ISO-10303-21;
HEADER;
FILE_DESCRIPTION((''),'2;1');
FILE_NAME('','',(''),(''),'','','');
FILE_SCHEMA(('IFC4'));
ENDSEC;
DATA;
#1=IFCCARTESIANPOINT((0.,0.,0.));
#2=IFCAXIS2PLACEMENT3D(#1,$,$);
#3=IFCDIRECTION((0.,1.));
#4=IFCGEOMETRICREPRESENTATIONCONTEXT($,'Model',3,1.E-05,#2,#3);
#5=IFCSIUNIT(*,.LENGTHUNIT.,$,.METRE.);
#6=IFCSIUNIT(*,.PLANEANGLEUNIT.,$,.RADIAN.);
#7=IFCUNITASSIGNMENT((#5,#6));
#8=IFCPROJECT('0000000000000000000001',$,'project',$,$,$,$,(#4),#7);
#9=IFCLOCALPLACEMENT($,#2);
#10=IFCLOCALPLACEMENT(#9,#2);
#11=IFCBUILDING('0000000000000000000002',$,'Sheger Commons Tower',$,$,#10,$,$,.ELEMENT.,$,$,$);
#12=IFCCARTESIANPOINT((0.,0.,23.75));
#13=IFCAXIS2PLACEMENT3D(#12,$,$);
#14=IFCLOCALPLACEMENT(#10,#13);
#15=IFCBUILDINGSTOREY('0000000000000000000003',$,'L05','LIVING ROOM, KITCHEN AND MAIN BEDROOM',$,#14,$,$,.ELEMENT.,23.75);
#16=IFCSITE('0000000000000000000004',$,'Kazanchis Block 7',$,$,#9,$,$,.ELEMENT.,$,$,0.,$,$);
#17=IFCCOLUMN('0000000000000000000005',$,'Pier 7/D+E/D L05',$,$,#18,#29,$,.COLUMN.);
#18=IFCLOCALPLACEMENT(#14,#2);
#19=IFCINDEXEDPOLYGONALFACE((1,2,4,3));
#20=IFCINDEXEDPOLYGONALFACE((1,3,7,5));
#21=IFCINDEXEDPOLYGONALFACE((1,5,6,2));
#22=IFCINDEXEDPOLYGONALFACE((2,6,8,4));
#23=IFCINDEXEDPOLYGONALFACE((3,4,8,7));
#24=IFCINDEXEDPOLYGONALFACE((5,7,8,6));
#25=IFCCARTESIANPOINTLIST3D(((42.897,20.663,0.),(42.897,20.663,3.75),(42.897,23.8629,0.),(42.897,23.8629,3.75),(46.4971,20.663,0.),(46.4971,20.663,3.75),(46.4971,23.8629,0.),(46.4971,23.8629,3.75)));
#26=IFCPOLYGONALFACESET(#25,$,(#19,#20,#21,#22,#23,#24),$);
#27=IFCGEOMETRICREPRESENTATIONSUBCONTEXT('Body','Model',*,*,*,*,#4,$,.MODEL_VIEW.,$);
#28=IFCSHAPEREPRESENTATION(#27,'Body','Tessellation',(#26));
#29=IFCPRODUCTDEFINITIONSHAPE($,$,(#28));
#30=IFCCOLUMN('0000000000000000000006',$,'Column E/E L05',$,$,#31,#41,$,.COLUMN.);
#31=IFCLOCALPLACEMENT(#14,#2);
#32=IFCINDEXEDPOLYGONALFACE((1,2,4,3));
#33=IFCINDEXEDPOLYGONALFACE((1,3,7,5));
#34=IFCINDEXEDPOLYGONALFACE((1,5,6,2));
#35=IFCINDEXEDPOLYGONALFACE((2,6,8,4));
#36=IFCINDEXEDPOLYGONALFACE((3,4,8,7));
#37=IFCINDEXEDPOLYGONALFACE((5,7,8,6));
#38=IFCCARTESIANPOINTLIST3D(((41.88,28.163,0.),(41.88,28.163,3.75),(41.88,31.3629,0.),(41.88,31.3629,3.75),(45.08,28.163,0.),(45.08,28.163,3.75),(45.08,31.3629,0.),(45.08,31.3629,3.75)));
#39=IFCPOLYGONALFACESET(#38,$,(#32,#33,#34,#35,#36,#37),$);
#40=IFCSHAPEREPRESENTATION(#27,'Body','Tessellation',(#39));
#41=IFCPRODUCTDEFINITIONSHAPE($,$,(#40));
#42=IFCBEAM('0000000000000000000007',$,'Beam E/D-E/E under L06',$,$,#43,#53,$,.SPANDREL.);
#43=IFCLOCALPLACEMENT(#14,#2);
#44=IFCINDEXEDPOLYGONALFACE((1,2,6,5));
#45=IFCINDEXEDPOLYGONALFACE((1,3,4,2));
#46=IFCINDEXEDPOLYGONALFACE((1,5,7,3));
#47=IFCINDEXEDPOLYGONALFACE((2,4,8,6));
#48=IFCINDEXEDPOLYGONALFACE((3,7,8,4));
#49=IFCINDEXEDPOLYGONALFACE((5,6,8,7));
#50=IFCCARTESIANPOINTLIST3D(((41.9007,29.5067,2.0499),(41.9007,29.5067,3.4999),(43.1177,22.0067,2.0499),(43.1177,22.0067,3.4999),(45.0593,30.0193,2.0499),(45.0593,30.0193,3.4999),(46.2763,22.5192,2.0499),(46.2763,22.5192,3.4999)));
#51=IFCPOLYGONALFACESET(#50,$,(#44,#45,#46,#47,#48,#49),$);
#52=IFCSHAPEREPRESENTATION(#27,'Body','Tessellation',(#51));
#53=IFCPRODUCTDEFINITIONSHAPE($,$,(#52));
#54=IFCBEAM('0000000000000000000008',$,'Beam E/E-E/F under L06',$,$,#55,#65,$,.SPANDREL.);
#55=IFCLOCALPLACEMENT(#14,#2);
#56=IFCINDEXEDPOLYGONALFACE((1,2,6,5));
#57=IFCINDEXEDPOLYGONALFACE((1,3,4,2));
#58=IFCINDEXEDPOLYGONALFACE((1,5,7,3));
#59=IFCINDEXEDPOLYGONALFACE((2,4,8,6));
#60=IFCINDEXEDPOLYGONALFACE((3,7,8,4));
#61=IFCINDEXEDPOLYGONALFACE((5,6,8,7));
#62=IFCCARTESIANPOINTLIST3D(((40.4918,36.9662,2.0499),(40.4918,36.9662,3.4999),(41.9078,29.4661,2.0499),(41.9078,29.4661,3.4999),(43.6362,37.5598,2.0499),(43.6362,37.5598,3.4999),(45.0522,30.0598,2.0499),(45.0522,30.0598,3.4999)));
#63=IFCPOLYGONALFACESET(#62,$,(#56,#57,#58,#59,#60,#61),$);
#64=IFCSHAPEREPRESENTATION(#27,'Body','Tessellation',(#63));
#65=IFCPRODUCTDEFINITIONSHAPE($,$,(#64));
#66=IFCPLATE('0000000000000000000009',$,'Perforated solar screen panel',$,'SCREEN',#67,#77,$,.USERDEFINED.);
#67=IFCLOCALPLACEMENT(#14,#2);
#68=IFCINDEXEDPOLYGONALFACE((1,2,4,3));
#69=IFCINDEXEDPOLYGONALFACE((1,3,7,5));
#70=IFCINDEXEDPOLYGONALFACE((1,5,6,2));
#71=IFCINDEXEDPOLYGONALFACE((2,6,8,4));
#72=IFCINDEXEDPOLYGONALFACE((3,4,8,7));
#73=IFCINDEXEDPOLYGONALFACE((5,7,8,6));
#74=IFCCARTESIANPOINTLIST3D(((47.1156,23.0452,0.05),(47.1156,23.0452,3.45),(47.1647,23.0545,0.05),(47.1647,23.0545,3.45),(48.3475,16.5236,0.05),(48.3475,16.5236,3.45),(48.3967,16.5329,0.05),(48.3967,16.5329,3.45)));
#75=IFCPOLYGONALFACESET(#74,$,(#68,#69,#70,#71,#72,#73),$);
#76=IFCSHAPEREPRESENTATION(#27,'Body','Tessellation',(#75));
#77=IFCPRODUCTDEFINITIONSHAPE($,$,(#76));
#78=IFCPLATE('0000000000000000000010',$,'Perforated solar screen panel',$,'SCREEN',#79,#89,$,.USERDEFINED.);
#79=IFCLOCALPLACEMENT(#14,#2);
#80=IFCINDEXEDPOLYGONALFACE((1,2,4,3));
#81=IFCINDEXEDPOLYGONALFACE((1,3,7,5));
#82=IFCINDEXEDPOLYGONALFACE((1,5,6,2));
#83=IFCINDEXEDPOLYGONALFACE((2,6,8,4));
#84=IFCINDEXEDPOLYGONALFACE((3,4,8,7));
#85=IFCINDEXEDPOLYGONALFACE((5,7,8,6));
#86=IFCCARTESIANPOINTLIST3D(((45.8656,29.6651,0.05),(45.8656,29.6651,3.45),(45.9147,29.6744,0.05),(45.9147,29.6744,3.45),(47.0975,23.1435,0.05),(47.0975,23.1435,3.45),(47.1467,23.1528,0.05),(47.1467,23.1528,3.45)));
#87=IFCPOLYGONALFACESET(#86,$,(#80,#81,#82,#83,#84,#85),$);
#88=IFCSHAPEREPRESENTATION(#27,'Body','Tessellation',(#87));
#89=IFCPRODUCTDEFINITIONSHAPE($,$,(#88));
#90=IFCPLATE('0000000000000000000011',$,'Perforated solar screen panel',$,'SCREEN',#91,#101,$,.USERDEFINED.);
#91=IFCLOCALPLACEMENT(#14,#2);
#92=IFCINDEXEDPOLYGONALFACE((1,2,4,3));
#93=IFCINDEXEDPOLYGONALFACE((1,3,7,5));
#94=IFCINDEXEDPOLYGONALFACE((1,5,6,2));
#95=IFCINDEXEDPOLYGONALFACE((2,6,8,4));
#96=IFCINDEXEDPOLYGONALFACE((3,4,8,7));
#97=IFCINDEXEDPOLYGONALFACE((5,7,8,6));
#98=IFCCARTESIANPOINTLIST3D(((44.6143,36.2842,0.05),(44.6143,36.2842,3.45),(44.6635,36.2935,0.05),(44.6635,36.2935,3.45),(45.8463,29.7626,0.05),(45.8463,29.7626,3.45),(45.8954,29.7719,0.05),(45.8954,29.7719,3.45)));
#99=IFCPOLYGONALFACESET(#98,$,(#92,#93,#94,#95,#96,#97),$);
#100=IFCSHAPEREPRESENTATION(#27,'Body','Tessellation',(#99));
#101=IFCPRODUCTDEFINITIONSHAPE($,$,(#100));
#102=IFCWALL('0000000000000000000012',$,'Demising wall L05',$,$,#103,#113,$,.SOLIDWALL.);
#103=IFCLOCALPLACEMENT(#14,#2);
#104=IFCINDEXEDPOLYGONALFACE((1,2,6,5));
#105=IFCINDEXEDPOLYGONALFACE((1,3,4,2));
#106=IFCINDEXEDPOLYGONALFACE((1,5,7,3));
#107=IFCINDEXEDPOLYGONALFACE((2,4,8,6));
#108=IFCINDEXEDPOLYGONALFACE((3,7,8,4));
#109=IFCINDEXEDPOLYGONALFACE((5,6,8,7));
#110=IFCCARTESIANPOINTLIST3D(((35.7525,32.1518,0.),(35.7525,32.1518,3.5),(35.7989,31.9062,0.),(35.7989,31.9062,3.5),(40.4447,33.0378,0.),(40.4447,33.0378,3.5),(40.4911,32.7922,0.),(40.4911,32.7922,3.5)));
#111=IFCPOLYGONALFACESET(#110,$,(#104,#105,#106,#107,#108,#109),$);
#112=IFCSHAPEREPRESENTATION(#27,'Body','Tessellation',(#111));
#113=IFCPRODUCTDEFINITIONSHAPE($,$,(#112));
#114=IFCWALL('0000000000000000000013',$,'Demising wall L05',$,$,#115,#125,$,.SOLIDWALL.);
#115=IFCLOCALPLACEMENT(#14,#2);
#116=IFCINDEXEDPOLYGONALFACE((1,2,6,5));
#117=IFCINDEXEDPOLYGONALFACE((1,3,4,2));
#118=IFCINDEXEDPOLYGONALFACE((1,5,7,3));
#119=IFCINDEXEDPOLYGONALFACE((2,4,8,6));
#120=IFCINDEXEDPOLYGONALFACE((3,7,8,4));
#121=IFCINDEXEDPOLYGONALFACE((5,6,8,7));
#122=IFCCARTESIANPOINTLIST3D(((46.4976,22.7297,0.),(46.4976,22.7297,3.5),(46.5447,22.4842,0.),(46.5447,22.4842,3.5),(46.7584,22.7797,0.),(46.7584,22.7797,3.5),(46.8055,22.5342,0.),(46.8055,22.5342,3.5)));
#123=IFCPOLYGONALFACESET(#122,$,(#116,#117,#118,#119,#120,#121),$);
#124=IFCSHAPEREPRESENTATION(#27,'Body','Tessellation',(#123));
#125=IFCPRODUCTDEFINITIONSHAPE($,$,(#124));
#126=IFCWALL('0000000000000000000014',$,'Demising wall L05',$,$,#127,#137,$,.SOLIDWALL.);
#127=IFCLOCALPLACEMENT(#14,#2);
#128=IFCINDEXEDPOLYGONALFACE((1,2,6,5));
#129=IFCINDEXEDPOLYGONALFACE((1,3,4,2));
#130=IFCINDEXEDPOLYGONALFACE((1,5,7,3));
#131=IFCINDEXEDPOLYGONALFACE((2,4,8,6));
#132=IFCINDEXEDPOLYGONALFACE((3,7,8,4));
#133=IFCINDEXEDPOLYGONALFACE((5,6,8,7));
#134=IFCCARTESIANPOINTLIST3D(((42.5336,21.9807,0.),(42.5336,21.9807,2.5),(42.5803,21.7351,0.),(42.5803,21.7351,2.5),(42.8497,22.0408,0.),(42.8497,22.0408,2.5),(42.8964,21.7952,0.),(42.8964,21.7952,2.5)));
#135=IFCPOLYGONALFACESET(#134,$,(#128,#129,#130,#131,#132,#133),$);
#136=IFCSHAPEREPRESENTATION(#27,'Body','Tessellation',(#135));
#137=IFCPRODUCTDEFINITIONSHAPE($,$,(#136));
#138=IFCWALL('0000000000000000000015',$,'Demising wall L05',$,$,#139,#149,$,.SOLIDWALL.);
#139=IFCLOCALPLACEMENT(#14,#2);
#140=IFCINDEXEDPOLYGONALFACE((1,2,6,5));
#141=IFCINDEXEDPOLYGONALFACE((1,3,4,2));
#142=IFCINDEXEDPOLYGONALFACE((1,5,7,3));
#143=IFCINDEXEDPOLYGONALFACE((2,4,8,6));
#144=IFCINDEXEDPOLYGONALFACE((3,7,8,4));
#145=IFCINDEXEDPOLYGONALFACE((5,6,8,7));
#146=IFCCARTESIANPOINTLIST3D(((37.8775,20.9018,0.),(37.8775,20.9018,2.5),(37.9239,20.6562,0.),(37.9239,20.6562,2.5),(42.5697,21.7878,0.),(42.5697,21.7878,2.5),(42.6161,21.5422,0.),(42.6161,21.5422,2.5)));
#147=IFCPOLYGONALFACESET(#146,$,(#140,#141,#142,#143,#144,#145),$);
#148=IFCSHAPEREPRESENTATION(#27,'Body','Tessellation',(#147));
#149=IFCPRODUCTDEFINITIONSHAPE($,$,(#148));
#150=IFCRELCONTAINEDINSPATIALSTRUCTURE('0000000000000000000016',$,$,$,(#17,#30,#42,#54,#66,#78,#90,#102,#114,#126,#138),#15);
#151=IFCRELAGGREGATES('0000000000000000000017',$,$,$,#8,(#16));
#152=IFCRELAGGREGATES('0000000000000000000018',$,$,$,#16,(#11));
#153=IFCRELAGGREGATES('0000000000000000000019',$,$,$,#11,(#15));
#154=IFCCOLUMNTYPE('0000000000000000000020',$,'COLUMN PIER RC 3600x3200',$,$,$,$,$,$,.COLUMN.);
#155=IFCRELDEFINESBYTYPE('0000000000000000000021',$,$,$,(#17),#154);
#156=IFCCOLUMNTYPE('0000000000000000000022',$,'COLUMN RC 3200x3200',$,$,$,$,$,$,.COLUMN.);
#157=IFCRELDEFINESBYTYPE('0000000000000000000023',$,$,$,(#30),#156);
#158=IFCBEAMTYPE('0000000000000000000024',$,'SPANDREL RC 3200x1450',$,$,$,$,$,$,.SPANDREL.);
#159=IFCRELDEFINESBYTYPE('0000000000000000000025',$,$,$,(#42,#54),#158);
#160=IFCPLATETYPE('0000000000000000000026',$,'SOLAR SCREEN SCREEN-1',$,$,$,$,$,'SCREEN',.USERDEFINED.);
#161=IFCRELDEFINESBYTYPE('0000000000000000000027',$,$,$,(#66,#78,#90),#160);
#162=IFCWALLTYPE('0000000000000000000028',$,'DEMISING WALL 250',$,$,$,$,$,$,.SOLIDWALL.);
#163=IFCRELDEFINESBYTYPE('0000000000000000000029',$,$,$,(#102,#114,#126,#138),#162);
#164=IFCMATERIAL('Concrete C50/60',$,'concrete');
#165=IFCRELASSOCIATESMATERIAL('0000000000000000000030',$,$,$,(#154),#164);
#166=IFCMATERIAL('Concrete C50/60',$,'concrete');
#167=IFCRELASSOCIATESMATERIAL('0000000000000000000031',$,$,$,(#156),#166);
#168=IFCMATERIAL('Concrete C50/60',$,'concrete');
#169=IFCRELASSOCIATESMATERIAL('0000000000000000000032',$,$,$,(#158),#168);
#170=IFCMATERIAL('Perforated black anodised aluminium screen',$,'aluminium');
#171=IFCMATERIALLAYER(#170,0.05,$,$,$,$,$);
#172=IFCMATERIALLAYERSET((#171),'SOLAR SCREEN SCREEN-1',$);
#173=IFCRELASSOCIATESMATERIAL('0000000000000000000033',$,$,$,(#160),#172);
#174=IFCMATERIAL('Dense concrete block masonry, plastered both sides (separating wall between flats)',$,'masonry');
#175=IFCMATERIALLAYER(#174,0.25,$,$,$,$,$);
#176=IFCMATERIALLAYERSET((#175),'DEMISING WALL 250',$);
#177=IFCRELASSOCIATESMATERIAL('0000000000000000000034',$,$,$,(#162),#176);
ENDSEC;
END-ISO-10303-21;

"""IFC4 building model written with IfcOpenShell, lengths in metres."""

from ifc_helpers import new_model, si_unit, direction, frame, frame_2d, origin, origin_2d, place, context, subcontext, project, spatial, rectangle, extrude, material, layer, layer_set, material_profile, profile_set, type_object, element, save


model = new_model("IFC4")

# Units and contexts
model_context = context("Model", 3, precision=1e-05, world=origin(), true_north=direction((0.0, 1.0)))
body_context = subcontext(model_context, "Body", "Model", "MODEL_VIEW")
ifc_project = project(units=[si_unit("LENGTHUNIT", "METRE"), si_unit("PLANEANGLEUNIT", "RADIAN")], contexts=[model_context])

# Site, building, storey
site_placement = place(None, origin())
site = spatial("IfcSite", under=ifc_project, at=site_placement, Name="Kazanchis Block 7", CompositionType="ELEMENT", RefElevation=0.0)
building_placement = place(site_placement, origin())
building = spatial("IfcBuilding", under=site, at=building_placement, Name="Sheger Commons Tower", CompositionType="ELEMENT")
storey_placement = place(building_placement, frame((0.0, 0.0, 23.75)))
storey = spatial("IfcBuildingStorey", under=building, at=storey_placement, Name="L05", Description="LIVING ROOM, KITCHEN AND MAIN BEDROOM", CompositionType="ELEMENT", Elevation=23.75)

# Columns
ifc_material_1 = material(Name="Concrete C50/60", Category="concrete")
ifc_material_profile_1 = material_profile(ifc_material_1, rectangle(XDim=3.6001, YDim=3.2, at=origin_2d()), Name="RC 3600x3200")
ifc_profile_set_1 = profile_set([ifc_material_profile_1], Name="Concrete C50/60")
column_type_1 = type_object("IfcColumnType", Name="COLUMN PIER RC 3600x3200", PredefinedType="COLUMN", material=ifc_profile_set_1)
column_1_placement = place(storey_placement, frame((44.697, 22.2629, 0.0), z_axis=(0.0, 0.0, 1.0), x_axis=(1.0, 0.0, 0.0)))
element("IfcColumn", 1, at=column_1_placement, inside=storey, type_object=column_type_1, Name="Pier 7/D+E/D L05", PredefinedType="COLUMN", context=body_context, shape_type="SweptSolid", body=[
    extrude(rectangle(XDim=3.6001, YDim=3.2, at=origin_2d()), origin(), (0.0, 0.0, 1.0), 3.75),
])
ifc_material_2 = material(Name="Concrete C50/60", Category="concrete")
ifc_material_profile_2 = material_profile(ifc_material_2, rectangle(XDim=3.2, YDim=3.2, at=origin_2d()), Name="RC 3200x3200")
ifc_profile_set_2 = profile_set([ifc_material_profile_2], Name="Concrete C50/60")
column_type_2 = type_object("IfcColumnType", Name="COLUMN RC 3200x3200", PredefinedType="COLUMN", material=ifc_profile_set_2)
column_2_placement = place(storey_placement, frame((43.48, 29.7629, 0.0), z_axis=(0.0, 0.0, 1.0), x_axis=(1.0, 0.0, 0.0)))
element("IfcColumn", 2, at=column_2_placement, inside=storey, type_object=column_type_2, Name="Column E/E L05", PredefinedType="COLUMN", context=body_context, shape_type="SweptSolid", body=[
    extrude(rectangle(XDim=3.2, YDim=3.2, at=origin_2d()), origin(), (0.0, 0.0, 1.0), 3.75),
])

# Beams
ifc_material_3 = material(Name="Concrete C50/60", Category="concrete")
ifc_material_profile_3 = material_profile(ifc_material_3, rectangle(XDim=3.2, YDim=1.45, at=origin_2d()), Name="RC 3200x1450")
ifc_profile_set_3 = profile_set([ifc_material_profile_3], Name="Concrete C50/60")
beam_type = type_object("IfcBeamType", Name="SPANDREL RC 3200x1450", PredefinedType="SPANDREL", material=ifc_profile_set_3)
beam_1_placement = place(storey_placement, frame((44.697, 22.2629, 2.7749), z_axis=(-0.160177, 0.987088, 0.0), x_axis=(-0.987088, -0.160177, 0.0)))
element("IfcBeam", 3, at=beam_1_placement, inside=storey, type_object=beam_type, Name="Beam E/D-E/E under L06", PredefinedType="SPANDREL", context=body_context, shape_type="SweptSolid", body=[
    extrude(rectangle(XDim=3.2, YDim=1.45, at=origin_2d()), origin(), (0.0, 0.0, 1.0), 7.5981),
])
beam_2_placement = place(storey_placement, frame((43.48, 29.7629, 2.7749), z_axis=(-0.185524, 0.98264, 0.0), x_axis=(-0.98264, -0.185524, 0.0)))
element("IfcBeam", 4, at=beam_2_placement, inside=storey, type_object=beam_type, Name="Beam E/E-E/F under L06", PredefinedType="SPANDREL", context=body_context, shape_type="SweptSolid", body=[
    extrude(rectangle(XDim=3.2, YDim=1.45, at=origin_2d()), origin(), (0.0, 0.0, 1.0), 7.6326),
])

# Plates
ifc_material_4 = material(Name="Perforated black anodised aluminium screen", Category="aluminium")
ifc_layer_1 = layer(ifc_material_4, 0.05)
ifc_layer_set_1 = layer_set([ifc_layer_1], Name="SOLAR SCREEN SCREEN-1")
plate_type = type_object("IfcPlateType", Name="SOLAR SCREEN SCREEN-1", ElementType="SCREEN", PredefinedType="USERDEFINED", material=ifc_layer_set_1)
for number, where, z_axis, x_axis, name in (
    (5, (47.7561, 19.7891, 0.05), (0.0, 0.0, 1.0), (-0.185615, 0.982623, 0.0), "Perforated solar screen panel"),
    (6, (46.5061, 26.4089, 0.05), (0.0, 0.0, 1.0), (-0.185615, 0.982623, 0.0), "Perforated solar screen panel"),
    (7, (45.2549, 33.0281, 0.05), (0.0, 0.0, 1.0), (-0.185615, 0.982623, 0.0), "Perforated solar screen panel"),
):
    element("IfcPlate", number, at=place(storey_placement, frame(where, z_axis=z_axis, x_axis=x_axis)), inside=storey, type_object=plate_type, Name=name, ObjectType="SCREEN", PredefinedType="USERDEFINED", context=body_context, shape_type="SweptSolid", body=[
        extrude(rectangle(XDim=6.637, YDim=0.05, at=origin_2d()), origin(), (0.0, 0.0, 1.0), 3.3999),
    ])

# Walls
ifc_material_5 = material(Name="Dense concrete block masonry, plastered both sides (separating wall between flats)", Category="masonry")
ifc_layer_2 = layer(ifc_material_5, 0.25)
ifc_layer_set_2 = layer_set([ifc_layer_2], Name="DEMISING WALL 250")
wall_type_1 = type_object("IfcWallType", Name="DEMISING WALL 250", PredefinedType="SOLIDWALL", material=ifc_layer_set_2)
wall_1_placement = place(storey_placement, frame((40.468, 32.915, 0.0), z_axis=(0.0, 0.0, 1.0), x_axis=(-0.982636, -0.185545, 0.0)))
element("IfcWall", 8, at=wall_1_placement, inside=storey, type_object=wall_type_1, Name="Demising wall L05", PredefinedType="SOLIDWALL", context=body_context, shape_type="SweptSolid", body=[
    extrude(rectangle(XDim=4.7751, YDim=0.25, at=frame_2d((2.3877, 0.0))), origin(), (0.0, 0.0, 1.0), 3.5),
])
wall_2_placement = place(storey_placement, frame((46.782, 22.657, 0.0), z_axis=(0.0, 0.0, 1.0), x_axis=(-0.982105, -0.188336, 0.0)))
element("IfcWall", 9, at=wall_2_placement, inside=storey, type_object=wall_type_1, Name="Demising wall L05", PredefinedType="SOLIDWALL", context=body_context, shape_type="SweptSolid", body=[
    extrude(rectangle(XDim=0.2656, YDim=0.25, at=frame_2d((0.1328, 0.0))), origin(), (0.0, 0.0, 1.0), 3.5),
])
wall_3_placement = place(storey_placement, frame((42.873, 21.918, 0.0), z_axis=(0.0, 0.0, 1.0), x_axis=(-0.982431, -0.186624, 0.0)))
element("IfcWall", 10, at=wall_3_placement, inside=storey, type_object=wall_type_1, Name="Demising wall L05", PredefinedType="SOLIDWALL", context=body_context, shape_type="SweptSolid", body=[
    extrude(rectangle(XDim=0.3218, YDim=0.25, at=frame_2d((0.1609, 0.0))), origin(), (0.0, 0.0, 1.0), 2.5),
])
wall_4_placement = place(storey_placement, frame((42.593, 21.665, 0.0), z_axis=(0.0, 0.0, 1.0), x_axis=(-0.982636, -0.185545, 0.0)))
element("IfcWall", 11, at=wall_4_placement, inside=storey, type_object=wall_type_1, Name="Demising wall L05", PredefinedType="SOLIDWALL", context=body_context, shape_type="SweptSolid", body=[
    extrude(rectangle(XDim=4.7751, YDim=0.25, at=frame_2d((2.3877, 0.0))), origin(), (0.0, 0.0, 1.0), 2.5),
])

save(model, "model.ifc")
